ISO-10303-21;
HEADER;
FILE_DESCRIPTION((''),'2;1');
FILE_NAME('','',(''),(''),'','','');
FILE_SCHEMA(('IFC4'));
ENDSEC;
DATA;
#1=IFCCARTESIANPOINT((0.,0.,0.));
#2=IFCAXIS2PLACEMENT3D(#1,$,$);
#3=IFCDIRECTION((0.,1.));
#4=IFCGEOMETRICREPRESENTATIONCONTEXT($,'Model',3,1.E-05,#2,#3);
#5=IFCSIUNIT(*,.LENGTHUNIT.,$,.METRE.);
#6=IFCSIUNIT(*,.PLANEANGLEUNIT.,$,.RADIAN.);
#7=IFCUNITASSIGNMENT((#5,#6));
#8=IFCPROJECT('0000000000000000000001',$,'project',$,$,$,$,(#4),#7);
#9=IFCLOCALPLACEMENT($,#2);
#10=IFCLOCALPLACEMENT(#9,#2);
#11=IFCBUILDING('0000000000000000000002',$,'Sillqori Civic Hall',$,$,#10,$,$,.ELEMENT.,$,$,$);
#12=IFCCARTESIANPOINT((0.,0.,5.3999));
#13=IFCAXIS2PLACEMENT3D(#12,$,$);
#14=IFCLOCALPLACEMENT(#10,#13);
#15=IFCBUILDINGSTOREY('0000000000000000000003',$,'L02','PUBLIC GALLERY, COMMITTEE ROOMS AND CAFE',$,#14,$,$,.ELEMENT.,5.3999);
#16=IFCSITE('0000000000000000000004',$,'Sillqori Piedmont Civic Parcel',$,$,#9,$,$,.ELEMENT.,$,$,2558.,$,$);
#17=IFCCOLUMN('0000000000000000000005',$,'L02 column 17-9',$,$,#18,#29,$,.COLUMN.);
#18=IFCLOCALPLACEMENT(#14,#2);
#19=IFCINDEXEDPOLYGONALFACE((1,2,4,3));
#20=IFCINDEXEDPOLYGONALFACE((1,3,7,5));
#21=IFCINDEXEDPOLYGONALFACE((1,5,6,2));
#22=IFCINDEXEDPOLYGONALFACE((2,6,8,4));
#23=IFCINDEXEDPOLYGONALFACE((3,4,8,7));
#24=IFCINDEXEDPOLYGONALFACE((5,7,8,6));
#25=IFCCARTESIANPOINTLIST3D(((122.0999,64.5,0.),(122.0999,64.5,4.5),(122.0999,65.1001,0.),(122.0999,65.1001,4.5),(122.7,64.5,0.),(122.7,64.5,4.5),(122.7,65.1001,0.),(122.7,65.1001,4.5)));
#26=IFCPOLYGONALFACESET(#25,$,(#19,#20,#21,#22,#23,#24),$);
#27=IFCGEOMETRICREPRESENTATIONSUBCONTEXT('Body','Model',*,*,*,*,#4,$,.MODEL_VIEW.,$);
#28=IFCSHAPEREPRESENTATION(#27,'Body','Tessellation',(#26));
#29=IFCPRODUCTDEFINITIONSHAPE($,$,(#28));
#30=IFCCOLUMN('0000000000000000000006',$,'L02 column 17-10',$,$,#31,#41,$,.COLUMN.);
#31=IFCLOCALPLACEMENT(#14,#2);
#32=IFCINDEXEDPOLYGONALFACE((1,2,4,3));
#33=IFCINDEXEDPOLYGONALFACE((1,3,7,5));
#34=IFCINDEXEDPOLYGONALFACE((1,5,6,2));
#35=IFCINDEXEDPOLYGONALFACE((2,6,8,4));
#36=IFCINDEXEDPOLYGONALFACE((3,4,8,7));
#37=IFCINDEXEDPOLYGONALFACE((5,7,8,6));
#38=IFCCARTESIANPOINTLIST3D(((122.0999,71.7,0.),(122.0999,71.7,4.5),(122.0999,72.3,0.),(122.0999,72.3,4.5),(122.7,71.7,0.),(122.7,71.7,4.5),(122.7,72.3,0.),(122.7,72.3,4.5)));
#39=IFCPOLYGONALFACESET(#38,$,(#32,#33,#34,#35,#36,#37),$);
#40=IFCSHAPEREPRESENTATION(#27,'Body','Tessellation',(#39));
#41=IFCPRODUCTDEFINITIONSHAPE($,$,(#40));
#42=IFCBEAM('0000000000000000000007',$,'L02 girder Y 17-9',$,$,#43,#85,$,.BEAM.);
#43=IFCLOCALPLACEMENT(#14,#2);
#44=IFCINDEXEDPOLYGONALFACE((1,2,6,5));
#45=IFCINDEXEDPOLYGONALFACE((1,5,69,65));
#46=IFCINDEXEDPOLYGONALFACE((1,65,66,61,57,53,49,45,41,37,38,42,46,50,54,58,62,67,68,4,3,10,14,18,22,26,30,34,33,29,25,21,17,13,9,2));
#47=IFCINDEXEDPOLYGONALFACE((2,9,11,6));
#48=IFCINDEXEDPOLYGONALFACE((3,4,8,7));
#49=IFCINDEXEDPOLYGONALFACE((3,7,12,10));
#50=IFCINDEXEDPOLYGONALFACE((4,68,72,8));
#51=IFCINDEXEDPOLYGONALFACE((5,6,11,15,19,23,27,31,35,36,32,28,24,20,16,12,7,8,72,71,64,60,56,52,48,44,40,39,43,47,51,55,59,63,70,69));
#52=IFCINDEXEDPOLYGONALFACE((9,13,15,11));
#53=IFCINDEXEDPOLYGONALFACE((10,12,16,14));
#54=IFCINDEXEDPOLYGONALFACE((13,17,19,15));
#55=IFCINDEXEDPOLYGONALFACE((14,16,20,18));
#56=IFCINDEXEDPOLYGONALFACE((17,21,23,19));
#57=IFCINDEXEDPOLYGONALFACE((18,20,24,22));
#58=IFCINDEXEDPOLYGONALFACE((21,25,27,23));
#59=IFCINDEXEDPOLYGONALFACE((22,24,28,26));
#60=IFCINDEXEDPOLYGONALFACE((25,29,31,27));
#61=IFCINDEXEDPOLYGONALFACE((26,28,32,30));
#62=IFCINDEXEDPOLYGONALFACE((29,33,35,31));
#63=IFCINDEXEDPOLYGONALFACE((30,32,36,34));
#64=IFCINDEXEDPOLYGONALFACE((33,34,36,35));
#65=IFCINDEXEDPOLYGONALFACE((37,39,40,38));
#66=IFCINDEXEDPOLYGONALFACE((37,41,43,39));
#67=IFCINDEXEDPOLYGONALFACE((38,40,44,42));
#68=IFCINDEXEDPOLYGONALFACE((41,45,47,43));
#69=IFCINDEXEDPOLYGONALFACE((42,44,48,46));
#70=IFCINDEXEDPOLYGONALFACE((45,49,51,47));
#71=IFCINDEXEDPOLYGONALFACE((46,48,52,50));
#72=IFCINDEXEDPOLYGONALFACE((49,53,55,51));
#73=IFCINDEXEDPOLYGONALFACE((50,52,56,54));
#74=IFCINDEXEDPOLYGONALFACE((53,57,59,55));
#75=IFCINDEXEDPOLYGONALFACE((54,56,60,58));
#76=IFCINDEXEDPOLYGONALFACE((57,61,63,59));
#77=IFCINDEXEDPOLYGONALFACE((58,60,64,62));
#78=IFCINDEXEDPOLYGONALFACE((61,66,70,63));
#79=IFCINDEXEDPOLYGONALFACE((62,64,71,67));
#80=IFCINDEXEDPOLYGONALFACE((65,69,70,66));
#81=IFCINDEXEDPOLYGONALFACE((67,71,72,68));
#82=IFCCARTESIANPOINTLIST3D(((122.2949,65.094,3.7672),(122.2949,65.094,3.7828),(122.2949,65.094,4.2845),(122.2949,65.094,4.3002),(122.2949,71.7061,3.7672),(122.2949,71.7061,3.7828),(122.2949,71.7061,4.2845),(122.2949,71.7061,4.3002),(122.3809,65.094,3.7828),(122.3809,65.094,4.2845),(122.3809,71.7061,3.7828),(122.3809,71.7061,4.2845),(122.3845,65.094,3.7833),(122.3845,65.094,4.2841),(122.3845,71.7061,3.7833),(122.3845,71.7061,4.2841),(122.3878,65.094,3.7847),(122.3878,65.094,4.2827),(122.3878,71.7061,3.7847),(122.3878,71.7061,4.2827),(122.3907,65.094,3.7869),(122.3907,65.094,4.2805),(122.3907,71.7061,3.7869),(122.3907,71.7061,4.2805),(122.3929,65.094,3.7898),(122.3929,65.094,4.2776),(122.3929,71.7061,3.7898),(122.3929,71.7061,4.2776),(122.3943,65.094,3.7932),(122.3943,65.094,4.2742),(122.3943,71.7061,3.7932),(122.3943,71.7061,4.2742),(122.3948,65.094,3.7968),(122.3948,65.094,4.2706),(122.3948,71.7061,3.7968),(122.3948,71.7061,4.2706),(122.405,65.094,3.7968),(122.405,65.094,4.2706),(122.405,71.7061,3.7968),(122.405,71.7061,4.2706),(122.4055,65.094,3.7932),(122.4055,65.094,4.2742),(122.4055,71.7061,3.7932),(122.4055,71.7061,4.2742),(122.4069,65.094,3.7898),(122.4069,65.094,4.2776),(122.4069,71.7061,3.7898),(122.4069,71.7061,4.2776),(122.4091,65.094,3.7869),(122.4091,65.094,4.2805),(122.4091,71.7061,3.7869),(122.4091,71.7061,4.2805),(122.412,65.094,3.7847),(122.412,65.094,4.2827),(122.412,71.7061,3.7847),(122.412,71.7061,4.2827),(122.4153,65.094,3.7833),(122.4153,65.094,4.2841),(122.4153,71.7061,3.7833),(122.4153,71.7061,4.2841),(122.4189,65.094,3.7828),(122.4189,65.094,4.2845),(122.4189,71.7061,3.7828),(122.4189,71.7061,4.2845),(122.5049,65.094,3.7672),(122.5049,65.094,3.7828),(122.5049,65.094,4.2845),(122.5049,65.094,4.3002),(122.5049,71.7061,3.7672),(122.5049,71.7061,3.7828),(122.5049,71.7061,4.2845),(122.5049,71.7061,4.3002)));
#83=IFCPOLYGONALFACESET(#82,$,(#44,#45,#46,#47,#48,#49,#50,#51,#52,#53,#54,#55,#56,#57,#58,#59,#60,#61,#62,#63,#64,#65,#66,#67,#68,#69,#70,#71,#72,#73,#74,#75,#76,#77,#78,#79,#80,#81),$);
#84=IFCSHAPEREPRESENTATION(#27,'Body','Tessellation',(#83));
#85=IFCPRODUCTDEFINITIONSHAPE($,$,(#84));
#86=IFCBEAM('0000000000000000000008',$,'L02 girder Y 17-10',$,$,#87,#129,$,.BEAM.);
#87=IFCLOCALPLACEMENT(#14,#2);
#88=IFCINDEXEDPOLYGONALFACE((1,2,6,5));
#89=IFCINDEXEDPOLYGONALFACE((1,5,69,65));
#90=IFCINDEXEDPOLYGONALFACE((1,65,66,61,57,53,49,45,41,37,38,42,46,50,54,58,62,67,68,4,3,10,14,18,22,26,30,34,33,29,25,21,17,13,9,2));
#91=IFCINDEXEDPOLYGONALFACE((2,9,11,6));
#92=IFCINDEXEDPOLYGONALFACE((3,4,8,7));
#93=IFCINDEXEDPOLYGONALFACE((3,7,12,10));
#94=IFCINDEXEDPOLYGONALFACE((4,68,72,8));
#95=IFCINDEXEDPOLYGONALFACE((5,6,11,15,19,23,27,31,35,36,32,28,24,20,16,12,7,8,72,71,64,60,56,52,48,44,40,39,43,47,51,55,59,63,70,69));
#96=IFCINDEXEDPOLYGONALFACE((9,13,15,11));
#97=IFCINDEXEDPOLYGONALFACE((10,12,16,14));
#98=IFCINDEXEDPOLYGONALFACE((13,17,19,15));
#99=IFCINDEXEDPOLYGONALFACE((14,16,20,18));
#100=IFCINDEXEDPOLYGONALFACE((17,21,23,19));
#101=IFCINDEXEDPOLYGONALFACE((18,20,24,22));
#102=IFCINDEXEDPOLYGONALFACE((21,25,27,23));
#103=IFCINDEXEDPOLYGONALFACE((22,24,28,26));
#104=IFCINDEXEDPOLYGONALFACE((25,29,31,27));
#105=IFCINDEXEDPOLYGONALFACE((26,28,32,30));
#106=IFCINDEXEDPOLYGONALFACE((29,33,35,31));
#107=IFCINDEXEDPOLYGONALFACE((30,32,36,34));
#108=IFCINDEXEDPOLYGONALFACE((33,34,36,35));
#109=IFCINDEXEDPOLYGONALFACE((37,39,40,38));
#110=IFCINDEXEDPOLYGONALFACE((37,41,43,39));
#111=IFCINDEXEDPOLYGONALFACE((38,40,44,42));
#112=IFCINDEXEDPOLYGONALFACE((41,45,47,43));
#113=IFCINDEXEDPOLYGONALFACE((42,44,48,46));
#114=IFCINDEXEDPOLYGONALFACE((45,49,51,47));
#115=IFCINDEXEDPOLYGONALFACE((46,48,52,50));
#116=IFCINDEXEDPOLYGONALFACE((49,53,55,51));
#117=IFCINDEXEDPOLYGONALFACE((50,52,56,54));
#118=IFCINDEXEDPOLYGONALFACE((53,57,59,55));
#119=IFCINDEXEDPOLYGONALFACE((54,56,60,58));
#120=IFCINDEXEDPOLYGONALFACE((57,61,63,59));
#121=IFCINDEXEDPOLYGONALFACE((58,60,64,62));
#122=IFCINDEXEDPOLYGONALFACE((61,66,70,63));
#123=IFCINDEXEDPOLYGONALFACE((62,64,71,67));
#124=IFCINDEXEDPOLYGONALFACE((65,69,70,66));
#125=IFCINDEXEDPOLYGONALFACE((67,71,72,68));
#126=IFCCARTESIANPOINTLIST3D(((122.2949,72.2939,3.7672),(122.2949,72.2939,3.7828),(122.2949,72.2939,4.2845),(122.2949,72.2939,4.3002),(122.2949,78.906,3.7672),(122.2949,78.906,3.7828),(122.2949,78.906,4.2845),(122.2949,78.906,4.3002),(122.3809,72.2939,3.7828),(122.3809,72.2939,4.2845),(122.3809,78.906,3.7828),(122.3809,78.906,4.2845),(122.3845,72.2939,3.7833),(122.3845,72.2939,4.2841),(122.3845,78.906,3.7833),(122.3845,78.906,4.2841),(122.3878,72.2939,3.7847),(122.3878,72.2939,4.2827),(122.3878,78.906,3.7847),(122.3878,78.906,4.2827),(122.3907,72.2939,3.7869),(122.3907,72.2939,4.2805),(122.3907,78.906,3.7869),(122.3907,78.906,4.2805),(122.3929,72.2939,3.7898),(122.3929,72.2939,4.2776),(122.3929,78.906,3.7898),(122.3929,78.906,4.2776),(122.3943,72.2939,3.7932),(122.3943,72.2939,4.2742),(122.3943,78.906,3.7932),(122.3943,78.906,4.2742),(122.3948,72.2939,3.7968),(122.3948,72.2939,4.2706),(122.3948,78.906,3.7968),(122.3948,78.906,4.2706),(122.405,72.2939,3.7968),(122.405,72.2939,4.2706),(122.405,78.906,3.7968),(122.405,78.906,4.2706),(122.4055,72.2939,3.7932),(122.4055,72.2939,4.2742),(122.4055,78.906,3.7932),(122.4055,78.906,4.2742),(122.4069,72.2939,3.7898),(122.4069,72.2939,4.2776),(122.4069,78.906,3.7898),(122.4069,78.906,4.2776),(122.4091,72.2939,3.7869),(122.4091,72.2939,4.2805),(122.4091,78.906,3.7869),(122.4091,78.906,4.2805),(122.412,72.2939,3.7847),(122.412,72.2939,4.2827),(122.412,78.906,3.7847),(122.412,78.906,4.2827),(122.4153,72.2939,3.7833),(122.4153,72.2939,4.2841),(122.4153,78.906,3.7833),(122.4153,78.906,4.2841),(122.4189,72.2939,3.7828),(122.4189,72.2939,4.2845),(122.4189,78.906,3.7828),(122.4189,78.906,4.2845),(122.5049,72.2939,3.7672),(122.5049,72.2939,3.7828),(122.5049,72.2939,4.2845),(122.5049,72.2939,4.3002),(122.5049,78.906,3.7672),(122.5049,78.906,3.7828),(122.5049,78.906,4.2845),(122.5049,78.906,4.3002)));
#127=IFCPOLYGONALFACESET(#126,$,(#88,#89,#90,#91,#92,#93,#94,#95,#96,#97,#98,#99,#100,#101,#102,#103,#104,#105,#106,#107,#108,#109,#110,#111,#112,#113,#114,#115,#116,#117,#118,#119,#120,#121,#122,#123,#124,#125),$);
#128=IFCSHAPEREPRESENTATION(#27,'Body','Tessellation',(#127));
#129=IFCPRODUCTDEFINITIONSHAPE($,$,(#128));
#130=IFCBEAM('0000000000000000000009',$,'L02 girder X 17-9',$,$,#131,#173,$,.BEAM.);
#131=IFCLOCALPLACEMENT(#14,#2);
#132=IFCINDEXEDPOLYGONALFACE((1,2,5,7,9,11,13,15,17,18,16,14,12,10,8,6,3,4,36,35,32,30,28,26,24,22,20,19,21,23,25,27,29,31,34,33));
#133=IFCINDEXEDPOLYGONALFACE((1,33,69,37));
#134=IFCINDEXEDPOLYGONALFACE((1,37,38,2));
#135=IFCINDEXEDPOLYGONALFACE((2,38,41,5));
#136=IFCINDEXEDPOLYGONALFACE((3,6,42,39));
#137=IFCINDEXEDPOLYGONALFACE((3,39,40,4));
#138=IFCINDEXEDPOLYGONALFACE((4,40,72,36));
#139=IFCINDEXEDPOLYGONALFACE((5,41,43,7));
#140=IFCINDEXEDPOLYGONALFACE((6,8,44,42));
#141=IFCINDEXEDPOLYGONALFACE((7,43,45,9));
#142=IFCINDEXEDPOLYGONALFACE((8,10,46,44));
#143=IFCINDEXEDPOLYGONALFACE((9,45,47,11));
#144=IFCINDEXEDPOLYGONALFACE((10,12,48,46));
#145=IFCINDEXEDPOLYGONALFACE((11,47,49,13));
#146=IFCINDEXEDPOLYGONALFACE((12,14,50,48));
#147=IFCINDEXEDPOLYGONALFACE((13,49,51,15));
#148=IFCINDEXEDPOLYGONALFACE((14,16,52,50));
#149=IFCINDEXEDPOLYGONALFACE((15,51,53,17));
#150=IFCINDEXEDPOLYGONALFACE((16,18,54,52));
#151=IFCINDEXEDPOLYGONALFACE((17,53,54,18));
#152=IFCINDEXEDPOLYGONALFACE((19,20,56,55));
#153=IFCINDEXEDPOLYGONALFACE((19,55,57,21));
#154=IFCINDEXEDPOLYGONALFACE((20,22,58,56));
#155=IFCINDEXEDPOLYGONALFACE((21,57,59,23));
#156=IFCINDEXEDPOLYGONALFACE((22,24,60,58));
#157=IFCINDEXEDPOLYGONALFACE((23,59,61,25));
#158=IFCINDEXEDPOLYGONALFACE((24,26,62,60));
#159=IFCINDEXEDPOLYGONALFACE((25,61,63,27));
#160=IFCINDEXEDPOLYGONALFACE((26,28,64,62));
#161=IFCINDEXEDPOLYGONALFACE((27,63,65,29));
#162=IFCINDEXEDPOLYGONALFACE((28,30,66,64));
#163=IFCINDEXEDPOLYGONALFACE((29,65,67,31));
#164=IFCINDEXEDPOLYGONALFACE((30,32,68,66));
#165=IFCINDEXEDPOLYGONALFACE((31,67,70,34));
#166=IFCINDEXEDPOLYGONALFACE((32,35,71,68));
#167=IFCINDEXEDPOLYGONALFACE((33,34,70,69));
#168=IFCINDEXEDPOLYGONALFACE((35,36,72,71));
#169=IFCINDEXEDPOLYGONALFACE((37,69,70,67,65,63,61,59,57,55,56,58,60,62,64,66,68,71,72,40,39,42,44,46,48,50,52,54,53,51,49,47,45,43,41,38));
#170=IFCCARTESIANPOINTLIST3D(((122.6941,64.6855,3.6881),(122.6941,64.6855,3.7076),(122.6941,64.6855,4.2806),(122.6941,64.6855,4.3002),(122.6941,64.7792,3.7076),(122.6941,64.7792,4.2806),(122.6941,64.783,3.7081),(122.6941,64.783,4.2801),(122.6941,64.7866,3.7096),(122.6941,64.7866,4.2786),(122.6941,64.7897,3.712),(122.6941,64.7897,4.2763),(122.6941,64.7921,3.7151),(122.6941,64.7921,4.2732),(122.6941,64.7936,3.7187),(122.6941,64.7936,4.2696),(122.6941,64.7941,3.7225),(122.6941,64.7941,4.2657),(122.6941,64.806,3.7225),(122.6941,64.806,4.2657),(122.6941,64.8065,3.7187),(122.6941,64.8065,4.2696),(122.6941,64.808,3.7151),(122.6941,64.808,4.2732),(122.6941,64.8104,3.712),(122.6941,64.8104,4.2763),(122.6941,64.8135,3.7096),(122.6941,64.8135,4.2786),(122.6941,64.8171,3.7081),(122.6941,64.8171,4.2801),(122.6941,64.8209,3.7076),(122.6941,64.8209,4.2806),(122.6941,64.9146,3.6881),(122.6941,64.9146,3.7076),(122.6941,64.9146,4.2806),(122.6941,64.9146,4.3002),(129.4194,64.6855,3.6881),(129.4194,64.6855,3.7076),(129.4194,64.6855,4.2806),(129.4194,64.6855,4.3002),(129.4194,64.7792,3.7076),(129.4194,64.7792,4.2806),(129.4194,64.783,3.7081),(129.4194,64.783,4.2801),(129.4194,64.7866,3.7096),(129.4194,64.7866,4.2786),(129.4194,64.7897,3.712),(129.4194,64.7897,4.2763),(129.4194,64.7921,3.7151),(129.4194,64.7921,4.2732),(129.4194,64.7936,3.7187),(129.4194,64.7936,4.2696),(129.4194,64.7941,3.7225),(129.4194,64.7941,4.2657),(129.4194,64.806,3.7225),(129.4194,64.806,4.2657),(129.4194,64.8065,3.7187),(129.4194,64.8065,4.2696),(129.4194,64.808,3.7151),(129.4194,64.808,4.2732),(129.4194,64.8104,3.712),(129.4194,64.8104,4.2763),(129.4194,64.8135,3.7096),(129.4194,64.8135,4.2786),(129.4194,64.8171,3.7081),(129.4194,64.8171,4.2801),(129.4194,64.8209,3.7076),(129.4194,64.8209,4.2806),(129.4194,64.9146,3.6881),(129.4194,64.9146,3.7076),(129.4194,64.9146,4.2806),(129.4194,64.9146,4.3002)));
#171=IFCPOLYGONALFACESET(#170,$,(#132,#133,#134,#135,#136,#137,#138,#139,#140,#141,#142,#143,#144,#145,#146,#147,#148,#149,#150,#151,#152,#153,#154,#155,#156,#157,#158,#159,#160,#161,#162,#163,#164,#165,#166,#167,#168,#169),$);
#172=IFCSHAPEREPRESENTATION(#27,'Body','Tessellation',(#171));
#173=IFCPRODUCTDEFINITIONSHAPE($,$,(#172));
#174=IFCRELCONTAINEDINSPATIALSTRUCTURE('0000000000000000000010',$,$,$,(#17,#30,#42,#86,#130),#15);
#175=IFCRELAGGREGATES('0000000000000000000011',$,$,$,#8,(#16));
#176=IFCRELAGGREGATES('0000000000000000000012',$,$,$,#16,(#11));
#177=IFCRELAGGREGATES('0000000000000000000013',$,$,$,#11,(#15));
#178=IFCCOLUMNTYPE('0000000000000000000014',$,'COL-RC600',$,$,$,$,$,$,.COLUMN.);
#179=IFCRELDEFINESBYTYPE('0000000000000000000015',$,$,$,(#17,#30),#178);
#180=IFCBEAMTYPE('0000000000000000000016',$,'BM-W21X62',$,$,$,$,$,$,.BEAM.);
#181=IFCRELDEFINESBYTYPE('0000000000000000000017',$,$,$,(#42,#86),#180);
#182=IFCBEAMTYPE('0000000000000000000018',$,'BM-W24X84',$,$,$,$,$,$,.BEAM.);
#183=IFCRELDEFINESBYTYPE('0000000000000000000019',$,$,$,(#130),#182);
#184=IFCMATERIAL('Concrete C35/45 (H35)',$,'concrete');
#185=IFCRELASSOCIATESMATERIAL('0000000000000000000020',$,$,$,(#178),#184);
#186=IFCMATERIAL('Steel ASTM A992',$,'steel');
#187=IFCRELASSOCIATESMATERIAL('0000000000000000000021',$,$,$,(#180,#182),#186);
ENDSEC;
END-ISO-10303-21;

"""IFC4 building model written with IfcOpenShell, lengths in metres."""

from ifc_helpers import new_model, si_unit, direction, frame, origin, origin_2d, place, context, subcontext, project, spatial, rectangle, i_section, extrude, material, material_profile, profile_set, type_object, element, save


model = new_model("IFC4")

# Units and contexts
model_context = context("Model", 3, precision=1e-05, world=origin(), true_north=direction((0.0, 1.0)))
body_context = subcontext(model_context, "Body", "Model", "MODEL_VIEW")
ifc_project = project(units=[si_unit("LENGTHUNIT", "METRE"), si_unit("PLANEANGLEUNIT", "RADIAN")], contexts=[model_context])

# Site, building, storey
site_placement = place(None, origin())
site = spatial("IfcSite", under=ifc_project, at=site_placement, Name="Sillqori Piedmont Civic Parcel", CompositionType="ELEMENT", RefElevation=2558.0)
building_placement = place(site_placement, origin())
building = spatial("IfcBuilding", under=site, at=building_placement, Name="Sillqori Civic Hall", CompositionType="ELEMENT")
storey_placement = place(building_placement, frame((0.0, 0.0, 5.3999)))
storey = spatial("IfcBuildingStorey", under=building, at=storey_placement, Name="L02", Description="PUBLIC GALLERY, COMMITTEE ROOMS AND CAFE", CompositionType="ELEMENT", Elevation=5.3999)

# Columns
ifc_material_1 = material(Name="Concrete C35/45 (H35)", Category="concrete")
ifc_material_profile_1 = material_profile(ifc_material_1, rectangle(XDim=0.6001, YDim=0.6001, at=origin_2d()), Name="RC 600x600")
ifc_profile_set_1 = profile_set([ifc_material_profile_1], Name="Concrete C35/45 (H35)")
column_type = type_object("IfcColumnType", Name="COL-RC600", PredefinedType="COLUMN", material=ifc_profile_set_1)
for number, where, z_axis, x_axis, name in (
    (1, (122.3999, 64.8, 0.0), (0.0, 0.0, 1.0), (1.0, 0.0, 0.0), "L02 column 17-9"),
    (2, (122.3999, 72.0, 0.0), (0.0, 0.0, 1.0), (1.0, 0.0, 0.0), "L02 column 17-10"),
):
    element("IfcColumn", number, at=place(storey_placement, frame(where, z_axis=z_axis, x_axis=x_axis)), inside=storey, type_object=column_type, Name=name, PredefinedType="COLUMN", context=body_context, shape_type="SweptSolid", body=[
        extrude(rectangle(XDim=0.6001, YDim=0.6001, at=origin_2d()), origin(), (0.0, 0.0, 1.0), 4.5),
    ])

# Beams
ifc_material_2 = material(Name="Steel ASTM A992", Category="steel")
ifc_material_profile_2 = material_profile(ifc_material_2, i_section(OverallWidth=0.21, OverallDepth=0.533, WebThickness=0.0103, FlangeThickness=0.0156, FilletRadius=0.0139, at=origin_2d()), Name="W21X62")
ifc_profile_set_2 = profile_set([ifc_material_profile_2], Name="Steel ASTM A992")
beam_type_1 = type_object("IfcBeamType", Name="BM-W21X62", PredefinedType="BEAM", material=ifc_profile_set_2)
for number, where, z_axis, x_axis, name in (
    (3, (122.3999, 65.094, 4.0337), (0.0, 1.0, 0.0), (-1.0, 0.0, 0.0), "L02 girder Y 17-9"),
    (4, (122.3999, 72.2939, 4.0337), (0.0, 1.0, 0.0), (-1.0, 0.0, 0.0), "L02 girder Y 17-10"),
):
    element("IfcBeam", number, at=place(storey_placement, frame(where, z_axis=z_axis, x_axis=x_axis)), inside=storey, type_object=beam_type_1, Name=name, PredefinedType="BEAM", context=body_context, shape_type="SweptSolid", body=[
        extrude(i_section(OverallWidth=0.21, OverallDepth=0.533, WebThickness=0.0103, FlangeThickness=0.0156, FilletRadius=0.0139, at=origin_2d()), origin(), (0.0, 0.0, 1.0), 6.6121),
    ])
ifc_material_profile_3 = material_profile(ifc_material_2, i_section(OverallWidth=0.229, OverallDepth=0.6121, WebThickness=0.012, FlangeThickness=0.0195, FilletRadius=0.0149, at=origin_2d()), Name="W24X84")
ifc_profile_set_3 = profile_set([ifc_material_profile_3], Name="Steel ASTM A992")
beam_type_2 = type_object("IfcBeamType", Name="BM-W24X84", PredefinedType="BEAM", material=ifc_profile_set_3)
for number, where, z_axis, x_axis, name in (
    (5, (122.6941, 64.8, 3.9941), (1.0, 0.0, 0.0), (0.0, 1.0, 0.0), "L02 girder X 17-9"),
):
    element("IfcBeam", number, at=place(storey_placement, frame(where, z_axis=z_axis, x_axis=x_axis)), inside=storey, type_object=beam_type_2, Name=name, PredefinedType="BEAM", context=body_context, shape_type="SweptSolid", body=[
        extrude(i_section(OverallWidth=0.229, OverallDepth=0.6121, WebThickness=0.012, FlangeThickness=0.0195, FilletRadius=0.0149, at=origin_2d()), origin(), (0.0, 0.0, 1.0), 6.7253),
    ])

save(model, "model.ifc")
